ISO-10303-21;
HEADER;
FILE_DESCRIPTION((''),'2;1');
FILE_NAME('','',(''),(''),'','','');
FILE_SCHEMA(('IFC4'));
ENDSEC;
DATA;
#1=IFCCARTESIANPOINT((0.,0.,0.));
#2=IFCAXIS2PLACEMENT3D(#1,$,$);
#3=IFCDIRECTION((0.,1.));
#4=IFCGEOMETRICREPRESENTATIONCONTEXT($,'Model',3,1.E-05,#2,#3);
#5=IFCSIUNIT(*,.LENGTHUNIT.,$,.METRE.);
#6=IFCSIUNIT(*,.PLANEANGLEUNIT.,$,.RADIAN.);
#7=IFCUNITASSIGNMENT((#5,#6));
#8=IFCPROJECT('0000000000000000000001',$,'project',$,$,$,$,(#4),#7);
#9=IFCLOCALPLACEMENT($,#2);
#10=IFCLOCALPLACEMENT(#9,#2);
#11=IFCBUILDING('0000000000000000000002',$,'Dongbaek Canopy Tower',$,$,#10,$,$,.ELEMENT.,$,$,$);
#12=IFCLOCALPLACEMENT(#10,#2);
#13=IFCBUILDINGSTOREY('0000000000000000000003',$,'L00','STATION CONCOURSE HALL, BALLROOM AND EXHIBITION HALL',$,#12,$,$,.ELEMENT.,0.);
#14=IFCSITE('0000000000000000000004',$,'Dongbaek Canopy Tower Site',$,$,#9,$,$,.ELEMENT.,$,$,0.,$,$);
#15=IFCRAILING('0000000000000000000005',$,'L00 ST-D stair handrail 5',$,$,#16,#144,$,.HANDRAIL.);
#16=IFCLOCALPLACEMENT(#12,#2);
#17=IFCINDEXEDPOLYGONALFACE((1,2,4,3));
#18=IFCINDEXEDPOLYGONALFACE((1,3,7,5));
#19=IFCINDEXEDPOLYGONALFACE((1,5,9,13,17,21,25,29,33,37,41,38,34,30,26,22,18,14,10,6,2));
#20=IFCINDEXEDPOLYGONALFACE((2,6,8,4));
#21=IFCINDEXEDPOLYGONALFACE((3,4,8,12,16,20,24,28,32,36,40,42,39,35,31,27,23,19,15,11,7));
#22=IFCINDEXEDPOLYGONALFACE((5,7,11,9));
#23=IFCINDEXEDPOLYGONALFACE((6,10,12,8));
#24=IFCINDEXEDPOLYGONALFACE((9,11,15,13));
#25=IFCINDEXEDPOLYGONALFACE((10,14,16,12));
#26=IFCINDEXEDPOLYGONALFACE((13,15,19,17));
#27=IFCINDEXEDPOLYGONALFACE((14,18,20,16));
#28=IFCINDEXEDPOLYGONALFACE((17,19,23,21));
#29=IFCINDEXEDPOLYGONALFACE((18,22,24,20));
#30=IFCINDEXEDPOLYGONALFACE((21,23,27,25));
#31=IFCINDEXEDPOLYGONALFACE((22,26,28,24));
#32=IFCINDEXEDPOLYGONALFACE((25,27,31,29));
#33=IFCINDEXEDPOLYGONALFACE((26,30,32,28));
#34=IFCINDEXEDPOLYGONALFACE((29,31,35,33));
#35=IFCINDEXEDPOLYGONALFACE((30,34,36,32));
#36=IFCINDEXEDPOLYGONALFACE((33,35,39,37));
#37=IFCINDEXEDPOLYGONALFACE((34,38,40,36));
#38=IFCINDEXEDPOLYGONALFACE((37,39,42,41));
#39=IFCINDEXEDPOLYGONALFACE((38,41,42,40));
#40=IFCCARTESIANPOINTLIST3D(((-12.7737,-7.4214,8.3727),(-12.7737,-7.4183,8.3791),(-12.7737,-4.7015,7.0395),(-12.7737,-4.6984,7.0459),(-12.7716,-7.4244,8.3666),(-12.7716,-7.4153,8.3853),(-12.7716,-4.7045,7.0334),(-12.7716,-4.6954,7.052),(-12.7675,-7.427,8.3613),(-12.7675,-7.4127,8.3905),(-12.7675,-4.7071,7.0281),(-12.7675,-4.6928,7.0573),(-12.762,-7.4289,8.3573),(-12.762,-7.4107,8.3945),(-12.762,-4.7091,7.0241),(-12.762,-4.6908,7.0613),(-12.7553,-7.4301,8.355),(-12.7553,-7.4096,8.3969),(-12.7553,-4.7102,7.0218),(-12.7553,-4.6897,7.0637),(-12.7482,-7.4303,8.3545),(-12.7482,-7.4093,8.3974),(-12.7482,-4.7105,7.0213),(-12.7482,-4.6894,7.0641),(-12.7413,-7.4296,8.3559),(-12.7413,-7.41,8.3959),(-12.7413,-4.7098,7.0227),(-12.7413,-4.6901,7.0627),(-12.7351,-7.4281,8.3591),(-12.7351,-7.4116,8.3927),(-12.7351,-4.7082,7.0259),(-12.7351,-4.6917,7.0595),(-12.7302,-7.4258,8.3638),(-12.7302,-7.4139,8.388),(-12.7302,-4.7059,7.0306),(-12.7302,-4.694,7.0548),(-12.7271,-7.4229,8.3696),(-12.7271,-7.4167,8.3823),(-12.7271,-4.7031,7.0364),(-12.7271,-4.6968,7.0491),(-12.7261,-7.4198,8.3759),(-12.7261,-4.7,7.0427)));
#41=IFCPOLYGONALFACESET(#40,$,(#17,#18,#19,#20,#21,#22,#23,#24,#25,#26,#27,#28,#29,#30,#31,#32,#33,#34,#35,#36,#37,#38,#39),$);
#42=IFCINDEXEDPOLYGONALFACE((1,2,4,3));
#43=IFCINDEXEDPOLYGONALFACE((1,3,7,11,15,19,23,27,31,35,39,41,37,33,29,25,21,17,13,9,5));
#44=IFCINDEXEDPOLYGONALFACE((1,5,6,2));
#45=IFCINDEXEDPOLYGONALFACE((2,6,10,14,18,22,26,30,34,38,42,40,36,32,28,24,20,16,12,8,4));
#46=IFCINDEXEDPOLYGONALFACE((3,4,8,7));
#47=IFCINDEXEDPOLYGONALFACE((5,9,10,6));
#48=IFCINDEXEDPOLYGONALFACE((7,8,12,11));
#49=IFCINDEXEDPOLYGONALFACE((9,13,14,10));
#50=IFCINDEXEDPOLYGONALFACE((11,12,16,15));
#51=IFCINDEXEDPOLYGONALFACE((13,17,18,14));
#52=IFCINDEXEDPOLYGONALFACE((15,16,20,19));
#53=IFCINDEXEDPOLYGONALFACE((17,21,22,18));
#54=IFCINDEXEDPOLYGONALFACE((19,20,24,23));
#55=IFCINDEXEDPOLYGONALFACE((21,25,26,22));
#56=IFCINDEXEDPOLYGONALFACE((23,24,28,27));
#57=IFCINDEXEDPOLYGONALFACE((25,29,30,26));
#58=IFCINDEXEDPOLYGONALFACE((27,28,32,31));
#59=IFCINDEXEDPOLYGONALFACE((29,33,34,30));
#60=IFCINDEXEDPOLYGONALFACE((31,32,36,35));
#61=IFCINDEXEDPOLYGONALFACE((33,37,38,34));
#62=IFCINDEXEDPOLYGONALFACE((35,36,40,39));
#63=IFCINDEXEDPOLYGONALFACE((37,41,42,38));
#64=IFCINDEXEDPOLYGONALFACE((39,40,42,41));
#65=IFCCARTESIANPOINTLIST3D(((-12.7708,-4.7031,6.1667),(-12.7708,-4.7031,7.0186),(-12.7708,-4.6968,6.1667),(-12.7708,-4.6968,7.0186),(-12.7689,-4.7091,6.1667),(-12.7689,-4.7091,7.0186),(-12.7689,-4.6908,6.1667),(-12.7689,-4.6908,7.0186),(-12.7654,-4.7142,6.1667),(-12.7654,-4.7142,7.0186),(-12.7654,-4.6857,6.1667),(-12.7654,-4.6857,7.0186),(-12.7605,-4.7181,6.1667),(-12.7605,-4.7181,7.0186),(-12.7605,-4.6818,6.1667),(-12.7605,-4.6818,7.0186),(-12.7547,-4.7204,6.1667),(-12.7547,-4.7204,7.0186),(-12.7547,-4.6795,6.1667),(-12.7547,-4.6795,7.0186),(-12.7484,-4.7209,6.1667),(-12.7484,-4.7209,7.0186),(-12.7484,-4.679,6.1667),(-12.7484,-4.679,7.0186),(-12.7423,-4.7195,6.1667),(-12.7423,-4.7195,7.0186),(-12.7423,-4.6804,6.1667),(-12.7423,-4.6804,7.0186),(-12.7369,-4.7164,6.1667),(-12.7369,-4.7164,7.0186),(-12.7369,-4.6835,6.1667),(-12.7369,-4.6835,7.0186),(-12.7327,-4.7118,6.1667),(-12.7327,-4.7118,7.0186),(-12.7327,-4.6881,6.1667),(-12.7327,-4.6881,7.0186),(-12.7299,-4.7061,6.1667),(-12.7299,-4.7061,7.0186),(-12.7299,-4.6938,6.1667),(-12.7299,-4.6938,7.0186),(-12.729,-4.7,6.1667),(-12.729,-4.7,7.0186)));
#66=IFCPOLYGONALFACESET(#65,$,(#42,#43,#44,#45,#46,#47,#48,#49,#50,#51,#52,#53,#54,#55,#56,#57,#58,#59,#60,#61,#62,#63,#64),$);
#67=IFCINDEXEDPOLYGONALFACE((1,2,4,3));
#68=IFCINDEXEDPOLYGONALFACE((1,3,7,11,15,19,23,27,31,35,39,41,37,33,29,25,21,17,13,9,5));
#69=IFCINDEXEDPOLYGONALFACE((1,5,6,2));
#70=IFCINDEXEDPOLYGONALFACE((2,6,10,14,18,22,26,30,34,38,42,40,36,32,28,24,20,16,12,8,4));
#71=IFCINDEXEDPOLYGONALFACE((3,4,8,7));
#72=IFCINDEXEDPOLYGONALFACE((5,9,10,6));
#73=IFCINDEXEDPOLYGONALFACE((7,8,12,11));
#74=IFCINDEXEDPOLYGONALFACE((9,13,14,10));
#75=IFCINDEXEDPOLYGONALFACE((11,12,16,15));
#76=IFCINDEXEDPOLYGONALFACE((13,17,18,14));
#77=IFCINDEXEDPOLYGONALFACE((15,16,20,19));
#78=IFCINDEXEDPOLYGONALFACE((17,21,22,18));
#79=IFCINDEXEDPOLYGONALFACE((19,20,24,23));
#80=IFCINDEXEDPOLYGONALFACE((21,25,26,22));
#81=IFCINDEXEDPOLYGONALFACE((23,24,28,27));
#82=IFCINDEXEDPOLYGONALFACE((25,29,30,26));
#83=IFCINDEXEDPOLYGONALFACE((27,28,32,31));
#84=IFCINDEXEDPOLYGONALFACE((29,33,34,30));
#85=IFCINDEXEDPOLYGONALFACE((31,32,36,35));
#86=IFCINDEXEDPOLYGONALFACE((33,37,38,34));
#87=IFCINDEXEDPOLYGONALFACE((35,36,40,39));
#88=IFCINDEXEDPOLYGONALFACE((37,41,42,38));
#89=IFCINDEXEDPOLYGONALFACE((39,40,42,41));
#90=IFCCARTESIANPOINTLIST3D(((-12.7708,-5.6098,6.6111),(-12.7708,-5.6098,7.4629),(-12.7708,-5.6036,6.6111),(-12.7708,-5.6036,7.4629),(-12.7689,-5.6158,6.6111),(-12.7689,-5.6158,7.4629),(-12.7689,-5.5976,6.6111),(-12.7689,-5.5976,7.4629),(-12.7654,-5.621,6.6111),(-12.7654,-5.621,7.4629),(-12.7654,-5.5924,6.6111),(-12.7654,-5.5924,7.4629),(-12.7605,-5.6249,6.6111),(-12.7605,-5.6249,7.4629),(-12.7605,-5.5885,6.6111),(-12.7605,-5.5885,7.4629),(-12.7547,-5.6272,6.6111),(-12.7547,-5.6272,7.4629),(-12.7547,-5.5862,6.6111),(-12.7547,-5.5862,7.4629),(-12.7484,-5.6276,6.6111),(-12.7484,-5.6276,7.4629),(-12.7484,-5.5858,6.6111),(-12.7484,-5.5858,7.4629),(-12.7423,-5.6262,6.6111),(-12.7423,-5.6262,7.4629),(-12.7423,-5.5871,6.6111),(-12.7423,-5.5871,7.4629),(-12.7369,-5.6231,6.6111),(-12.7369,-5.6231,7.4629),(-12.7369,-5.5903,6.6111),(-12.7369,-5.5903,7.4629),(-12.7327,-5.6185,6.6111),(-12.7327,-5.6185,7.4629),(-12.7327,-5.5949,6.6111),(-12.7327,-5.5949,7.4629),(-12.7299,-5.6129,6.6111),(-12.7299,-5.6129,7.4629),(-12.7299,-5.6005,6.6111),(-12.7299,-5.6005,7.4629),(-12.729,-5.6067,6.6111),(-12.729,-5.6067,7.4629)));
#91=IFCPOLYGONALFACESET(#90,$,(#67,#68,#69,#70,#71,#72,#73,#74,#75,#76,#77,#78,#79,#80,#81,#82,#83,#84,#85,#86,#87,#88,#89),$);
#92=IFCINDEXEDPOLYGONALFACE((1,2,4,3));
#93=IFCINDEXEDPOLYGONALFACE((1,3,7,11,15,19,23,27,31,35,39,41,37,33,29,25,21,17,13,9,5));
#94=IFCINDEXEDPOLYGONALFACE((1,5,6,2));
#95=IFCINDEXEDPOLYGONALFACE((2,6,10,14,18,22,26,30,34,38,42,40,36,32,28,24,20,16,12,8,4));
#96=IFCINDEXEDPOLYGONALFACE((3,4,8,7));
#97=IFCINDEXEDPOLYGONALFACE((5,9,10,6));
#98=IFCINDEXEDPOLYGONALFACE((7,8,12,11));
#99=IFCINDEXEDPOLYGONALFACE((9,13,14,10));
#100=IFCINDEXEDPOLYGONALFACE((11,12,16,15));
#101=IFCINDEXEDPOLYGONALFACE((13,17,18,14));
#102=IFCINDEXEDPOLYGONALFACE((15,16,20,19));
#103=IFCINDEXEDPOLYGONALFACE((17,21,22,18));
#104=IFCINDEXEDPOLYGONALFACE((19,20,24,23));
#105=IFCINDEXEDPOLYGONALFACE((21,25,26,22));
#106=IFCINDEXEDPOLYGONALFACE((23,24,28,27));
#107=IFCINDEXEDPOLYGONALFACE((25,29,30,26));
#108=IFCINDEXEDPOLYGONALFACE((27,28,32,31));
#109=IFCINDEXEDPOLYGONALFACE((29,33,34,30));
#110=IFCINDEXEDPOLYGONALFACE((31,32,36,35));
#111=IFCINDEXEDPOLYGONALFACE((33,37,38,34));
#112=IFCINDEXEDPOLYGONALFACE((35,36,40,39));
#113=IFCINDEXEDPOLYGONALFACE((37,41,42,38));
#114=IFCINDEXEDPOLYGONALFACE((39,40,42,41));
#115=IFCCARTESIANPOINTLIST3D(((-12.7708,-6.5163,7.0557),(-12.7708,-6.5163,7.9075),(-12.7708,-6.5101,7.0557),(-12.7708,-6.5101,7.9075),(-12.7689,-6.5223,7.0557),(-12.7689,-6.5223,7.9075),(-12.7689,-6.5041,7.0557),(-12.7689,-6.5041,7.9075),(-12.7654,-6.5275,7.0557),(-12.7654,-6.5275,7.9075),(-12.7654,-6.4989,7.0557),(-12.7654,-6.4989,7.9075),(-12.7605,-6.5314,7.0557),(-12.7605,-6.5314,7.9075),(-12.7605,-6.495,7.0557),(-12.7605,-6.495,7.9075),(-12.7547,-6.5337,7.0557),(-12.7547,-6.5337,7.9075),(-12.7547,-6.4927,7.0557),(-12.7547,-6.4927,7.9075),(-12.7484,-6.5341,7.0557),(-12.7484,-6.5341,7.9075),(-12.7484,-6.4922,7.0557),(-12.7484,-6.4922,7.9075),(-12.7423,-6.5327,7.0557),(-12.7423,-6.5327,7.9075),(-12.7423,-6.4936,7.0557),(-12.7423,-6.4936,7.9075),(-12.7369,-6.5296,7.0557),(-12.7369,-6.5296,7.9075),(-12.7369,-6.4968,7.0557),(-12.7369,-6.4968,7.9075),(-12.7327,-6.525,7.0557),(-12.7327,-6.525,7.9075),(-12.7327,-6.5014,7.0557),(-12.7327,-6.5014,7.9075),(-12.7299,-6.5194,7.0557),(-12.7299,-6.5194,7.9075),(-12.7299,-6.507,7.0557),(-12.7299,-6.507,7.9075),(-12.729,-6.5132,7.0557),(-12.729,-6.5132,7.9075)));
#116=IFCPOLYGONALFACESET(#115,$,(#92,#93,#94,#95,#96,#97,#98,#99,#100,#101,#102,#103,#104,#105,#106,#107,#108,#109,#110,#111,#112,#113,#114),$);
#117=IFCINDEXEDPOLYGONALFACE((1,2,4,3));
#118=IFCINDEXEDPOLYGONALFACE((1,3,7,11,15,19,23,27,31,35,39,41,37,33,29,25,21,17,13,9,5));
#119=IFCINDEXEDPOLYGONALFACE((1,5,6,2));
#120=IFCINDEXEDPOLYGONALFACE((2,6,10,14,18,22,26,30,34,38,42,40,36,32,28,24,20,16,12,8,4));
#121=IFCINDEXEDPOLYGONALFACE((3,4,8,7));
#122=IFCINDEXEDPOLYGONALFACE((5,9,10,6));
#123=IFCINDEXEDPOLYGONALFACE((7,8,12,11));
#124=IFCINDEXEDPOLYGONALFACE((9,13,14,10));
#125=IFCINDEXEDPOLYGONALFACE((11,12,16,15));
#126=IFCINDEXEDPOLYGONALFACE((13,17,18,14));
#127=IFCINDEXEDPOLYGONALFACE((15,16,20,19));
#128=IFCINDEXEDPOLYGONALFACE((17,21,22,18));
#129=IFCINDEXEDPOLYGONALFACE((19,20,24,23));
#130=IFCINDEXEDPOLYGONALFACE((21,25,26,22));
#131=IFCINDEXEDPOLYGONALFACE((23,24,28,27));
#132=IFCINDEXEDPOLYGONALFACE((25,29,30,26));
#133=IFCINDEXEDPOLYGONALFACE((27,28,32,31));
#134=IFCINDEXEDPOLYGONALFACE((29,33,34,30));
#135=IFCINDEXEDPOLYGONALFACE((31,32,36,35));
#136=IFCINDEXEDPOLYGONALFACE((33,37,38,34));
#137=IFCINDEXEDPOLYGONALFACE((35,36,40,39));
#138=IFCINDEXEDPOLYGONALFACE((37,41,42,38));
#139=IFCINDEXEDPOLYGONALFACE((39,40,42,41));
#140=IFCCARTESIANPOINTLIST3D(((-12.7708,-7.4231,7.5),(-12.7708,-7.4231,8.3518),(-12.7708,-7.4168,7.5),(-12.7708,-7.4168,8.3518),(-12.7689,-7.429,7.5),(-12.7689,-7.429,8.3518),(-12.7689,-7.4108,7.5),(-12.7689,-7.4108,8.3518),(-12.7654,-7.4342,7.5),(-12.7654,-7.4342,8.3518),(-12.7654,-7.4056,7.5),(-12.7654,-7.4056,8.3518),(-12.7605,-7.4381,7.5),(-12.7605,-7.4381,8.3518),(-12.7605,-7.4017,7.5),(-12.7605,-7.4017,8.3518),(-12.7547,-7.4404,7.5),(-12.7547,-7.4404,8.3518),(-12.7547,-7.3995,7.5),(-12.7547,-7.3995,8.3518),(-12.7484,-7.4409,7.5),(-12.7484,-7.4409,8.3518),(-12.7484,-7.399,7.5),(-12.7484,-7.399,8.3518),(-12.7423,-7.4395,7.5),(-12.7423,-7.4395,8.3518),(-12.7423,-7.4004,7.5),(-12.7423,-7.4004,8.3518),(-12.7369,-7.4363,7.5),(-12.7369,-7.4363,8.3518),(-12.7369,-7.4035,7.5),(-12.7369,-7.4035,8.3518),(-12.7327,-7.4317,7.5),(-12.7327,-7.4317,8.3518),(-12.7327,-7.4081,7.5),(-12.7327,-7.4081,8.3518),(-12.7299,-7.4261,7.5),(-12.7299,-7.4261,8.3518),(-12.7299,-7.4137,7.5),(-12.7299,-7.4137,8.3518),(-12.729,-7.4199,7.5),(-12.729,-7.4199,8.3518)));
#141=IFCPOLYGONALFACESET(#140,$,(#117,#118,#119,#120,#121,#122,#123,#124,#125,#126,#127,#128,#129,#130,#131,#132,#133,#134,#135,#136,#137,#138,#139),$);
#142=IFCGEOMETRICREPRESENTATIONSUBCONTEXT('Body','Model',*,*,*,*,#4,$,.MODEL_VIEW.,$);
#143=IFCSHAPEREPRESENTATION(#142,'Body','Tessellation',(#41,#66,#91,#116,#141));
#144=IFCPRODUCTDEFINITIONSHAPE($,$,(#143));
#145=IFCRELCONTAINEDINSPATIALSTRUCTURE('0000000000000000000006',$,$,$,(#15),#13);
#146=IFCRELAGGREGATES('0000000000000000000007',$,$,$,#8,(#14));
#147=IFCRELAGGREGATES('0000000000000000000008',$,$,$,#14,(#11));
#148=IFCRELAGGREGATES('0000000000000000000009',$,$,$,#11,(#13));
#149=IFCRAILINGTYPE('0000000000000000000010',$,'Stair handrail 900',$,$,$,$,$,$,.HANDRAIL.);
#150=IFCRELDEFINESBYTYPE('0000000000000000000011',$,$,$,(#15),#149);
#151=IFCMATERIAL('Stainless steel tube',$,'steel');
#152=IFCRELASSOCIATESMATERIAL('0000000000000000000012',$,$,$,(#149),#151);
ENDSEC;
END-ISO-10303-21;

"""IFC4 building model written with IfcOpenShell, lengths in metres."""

from ifc_helpers import new_model, si_unit, direction, frame, origin, origin_2d, place, context, subcontext, project, spatial, circle, extrude, material, type_object, element, save


model = new_model("IFC4")

# Units and contexts
model_context = context("Model", 3, precision=1e-05, world=origin(), true_north=direction((0.0, 1.0)))
body_context = subcontext(model_context, "Body", "Model", "MODEL_VIEW")
ifc_project = project(units=[si_unit("LENGTHUNIT", "METRE"), si_unit("PLANEANGLEUNIT", "RADIAN")], contexts=[model_context])

# Site, building, storey
site_placement = place(None, origin())
site = spatial("IfcSite", under=ifc_project, at=site_placement, Name="Dongbaek Canopy Tower Site", CompositionType="ELEMENT", RefElevation=0.0)
building_placement = place(site_placement, origin())
building = spatial("IfcBuilding", under=site, at=building_placement, Name="Dongbaek Canopy Tower", CompositionType="ELEMENT")
storey_placement = place(building_placement, origin())
storey = spatial("IfcBuildingStorey", under=building, at=storey_placement, Name="L00", Description="STATION CONCOURSE HALL, BALLROOM AND EXHIBITION HALL", CompositionType="ELEMENT", Elevation=0.0)

# Railing
ifc_material_1 = material(Name="Stainless steel tube", Category="steel")
railing_type_1 = type_object("IfcRailingType", Name="Stair handrail 900", PredefinedType="HANDRAIL", material=ifc_material_1)
railing_1_placement = place(storey_placement, frame((-12.75, -4.7, 6.1667)))
element("IfcRailing", 1, at=railing_1_placement, inside=storey, type_object=railing_type_1, Name="L00 ST-D stair handrail 5", PredefinedType="HANDRAIL", context=body_context, shape_type="SweptSolid", body=[
    extrude(circle(Radius=0.0239, at=origin_2d()), frame((0.0, 0.0, 0.876), z_axis=(0.0, -0.897929, 0.440139), x_axis=(1.0, 0.0, 0.0)), (0.0, 0.0, 1.0), 3.0291),
    extrude(circle(Radius=0.021, at=origin_2d()), origin(), (0.0, 0.0, 1.0), 0.8518),
    extrude(circle(Radius=0.021, at=origin_2d()), frame((0.0, -0.9067, 0.4443)), (0.0, 0.0, 1.0), 0.8518),
    extrude(circle(Radius=0.021, at=origin_2d()), frame((0.0, -1.8132, 0.8889)), (0.0, 0.0, 1.0), 0.8518),
    extrude(circle(Radius=0.021, at=origin_2d()), frame((0.0, -2.72, 1.3333)), (0.0, 0.0, 1.0), 0.8518),
])

save(model, "model.ifc")
